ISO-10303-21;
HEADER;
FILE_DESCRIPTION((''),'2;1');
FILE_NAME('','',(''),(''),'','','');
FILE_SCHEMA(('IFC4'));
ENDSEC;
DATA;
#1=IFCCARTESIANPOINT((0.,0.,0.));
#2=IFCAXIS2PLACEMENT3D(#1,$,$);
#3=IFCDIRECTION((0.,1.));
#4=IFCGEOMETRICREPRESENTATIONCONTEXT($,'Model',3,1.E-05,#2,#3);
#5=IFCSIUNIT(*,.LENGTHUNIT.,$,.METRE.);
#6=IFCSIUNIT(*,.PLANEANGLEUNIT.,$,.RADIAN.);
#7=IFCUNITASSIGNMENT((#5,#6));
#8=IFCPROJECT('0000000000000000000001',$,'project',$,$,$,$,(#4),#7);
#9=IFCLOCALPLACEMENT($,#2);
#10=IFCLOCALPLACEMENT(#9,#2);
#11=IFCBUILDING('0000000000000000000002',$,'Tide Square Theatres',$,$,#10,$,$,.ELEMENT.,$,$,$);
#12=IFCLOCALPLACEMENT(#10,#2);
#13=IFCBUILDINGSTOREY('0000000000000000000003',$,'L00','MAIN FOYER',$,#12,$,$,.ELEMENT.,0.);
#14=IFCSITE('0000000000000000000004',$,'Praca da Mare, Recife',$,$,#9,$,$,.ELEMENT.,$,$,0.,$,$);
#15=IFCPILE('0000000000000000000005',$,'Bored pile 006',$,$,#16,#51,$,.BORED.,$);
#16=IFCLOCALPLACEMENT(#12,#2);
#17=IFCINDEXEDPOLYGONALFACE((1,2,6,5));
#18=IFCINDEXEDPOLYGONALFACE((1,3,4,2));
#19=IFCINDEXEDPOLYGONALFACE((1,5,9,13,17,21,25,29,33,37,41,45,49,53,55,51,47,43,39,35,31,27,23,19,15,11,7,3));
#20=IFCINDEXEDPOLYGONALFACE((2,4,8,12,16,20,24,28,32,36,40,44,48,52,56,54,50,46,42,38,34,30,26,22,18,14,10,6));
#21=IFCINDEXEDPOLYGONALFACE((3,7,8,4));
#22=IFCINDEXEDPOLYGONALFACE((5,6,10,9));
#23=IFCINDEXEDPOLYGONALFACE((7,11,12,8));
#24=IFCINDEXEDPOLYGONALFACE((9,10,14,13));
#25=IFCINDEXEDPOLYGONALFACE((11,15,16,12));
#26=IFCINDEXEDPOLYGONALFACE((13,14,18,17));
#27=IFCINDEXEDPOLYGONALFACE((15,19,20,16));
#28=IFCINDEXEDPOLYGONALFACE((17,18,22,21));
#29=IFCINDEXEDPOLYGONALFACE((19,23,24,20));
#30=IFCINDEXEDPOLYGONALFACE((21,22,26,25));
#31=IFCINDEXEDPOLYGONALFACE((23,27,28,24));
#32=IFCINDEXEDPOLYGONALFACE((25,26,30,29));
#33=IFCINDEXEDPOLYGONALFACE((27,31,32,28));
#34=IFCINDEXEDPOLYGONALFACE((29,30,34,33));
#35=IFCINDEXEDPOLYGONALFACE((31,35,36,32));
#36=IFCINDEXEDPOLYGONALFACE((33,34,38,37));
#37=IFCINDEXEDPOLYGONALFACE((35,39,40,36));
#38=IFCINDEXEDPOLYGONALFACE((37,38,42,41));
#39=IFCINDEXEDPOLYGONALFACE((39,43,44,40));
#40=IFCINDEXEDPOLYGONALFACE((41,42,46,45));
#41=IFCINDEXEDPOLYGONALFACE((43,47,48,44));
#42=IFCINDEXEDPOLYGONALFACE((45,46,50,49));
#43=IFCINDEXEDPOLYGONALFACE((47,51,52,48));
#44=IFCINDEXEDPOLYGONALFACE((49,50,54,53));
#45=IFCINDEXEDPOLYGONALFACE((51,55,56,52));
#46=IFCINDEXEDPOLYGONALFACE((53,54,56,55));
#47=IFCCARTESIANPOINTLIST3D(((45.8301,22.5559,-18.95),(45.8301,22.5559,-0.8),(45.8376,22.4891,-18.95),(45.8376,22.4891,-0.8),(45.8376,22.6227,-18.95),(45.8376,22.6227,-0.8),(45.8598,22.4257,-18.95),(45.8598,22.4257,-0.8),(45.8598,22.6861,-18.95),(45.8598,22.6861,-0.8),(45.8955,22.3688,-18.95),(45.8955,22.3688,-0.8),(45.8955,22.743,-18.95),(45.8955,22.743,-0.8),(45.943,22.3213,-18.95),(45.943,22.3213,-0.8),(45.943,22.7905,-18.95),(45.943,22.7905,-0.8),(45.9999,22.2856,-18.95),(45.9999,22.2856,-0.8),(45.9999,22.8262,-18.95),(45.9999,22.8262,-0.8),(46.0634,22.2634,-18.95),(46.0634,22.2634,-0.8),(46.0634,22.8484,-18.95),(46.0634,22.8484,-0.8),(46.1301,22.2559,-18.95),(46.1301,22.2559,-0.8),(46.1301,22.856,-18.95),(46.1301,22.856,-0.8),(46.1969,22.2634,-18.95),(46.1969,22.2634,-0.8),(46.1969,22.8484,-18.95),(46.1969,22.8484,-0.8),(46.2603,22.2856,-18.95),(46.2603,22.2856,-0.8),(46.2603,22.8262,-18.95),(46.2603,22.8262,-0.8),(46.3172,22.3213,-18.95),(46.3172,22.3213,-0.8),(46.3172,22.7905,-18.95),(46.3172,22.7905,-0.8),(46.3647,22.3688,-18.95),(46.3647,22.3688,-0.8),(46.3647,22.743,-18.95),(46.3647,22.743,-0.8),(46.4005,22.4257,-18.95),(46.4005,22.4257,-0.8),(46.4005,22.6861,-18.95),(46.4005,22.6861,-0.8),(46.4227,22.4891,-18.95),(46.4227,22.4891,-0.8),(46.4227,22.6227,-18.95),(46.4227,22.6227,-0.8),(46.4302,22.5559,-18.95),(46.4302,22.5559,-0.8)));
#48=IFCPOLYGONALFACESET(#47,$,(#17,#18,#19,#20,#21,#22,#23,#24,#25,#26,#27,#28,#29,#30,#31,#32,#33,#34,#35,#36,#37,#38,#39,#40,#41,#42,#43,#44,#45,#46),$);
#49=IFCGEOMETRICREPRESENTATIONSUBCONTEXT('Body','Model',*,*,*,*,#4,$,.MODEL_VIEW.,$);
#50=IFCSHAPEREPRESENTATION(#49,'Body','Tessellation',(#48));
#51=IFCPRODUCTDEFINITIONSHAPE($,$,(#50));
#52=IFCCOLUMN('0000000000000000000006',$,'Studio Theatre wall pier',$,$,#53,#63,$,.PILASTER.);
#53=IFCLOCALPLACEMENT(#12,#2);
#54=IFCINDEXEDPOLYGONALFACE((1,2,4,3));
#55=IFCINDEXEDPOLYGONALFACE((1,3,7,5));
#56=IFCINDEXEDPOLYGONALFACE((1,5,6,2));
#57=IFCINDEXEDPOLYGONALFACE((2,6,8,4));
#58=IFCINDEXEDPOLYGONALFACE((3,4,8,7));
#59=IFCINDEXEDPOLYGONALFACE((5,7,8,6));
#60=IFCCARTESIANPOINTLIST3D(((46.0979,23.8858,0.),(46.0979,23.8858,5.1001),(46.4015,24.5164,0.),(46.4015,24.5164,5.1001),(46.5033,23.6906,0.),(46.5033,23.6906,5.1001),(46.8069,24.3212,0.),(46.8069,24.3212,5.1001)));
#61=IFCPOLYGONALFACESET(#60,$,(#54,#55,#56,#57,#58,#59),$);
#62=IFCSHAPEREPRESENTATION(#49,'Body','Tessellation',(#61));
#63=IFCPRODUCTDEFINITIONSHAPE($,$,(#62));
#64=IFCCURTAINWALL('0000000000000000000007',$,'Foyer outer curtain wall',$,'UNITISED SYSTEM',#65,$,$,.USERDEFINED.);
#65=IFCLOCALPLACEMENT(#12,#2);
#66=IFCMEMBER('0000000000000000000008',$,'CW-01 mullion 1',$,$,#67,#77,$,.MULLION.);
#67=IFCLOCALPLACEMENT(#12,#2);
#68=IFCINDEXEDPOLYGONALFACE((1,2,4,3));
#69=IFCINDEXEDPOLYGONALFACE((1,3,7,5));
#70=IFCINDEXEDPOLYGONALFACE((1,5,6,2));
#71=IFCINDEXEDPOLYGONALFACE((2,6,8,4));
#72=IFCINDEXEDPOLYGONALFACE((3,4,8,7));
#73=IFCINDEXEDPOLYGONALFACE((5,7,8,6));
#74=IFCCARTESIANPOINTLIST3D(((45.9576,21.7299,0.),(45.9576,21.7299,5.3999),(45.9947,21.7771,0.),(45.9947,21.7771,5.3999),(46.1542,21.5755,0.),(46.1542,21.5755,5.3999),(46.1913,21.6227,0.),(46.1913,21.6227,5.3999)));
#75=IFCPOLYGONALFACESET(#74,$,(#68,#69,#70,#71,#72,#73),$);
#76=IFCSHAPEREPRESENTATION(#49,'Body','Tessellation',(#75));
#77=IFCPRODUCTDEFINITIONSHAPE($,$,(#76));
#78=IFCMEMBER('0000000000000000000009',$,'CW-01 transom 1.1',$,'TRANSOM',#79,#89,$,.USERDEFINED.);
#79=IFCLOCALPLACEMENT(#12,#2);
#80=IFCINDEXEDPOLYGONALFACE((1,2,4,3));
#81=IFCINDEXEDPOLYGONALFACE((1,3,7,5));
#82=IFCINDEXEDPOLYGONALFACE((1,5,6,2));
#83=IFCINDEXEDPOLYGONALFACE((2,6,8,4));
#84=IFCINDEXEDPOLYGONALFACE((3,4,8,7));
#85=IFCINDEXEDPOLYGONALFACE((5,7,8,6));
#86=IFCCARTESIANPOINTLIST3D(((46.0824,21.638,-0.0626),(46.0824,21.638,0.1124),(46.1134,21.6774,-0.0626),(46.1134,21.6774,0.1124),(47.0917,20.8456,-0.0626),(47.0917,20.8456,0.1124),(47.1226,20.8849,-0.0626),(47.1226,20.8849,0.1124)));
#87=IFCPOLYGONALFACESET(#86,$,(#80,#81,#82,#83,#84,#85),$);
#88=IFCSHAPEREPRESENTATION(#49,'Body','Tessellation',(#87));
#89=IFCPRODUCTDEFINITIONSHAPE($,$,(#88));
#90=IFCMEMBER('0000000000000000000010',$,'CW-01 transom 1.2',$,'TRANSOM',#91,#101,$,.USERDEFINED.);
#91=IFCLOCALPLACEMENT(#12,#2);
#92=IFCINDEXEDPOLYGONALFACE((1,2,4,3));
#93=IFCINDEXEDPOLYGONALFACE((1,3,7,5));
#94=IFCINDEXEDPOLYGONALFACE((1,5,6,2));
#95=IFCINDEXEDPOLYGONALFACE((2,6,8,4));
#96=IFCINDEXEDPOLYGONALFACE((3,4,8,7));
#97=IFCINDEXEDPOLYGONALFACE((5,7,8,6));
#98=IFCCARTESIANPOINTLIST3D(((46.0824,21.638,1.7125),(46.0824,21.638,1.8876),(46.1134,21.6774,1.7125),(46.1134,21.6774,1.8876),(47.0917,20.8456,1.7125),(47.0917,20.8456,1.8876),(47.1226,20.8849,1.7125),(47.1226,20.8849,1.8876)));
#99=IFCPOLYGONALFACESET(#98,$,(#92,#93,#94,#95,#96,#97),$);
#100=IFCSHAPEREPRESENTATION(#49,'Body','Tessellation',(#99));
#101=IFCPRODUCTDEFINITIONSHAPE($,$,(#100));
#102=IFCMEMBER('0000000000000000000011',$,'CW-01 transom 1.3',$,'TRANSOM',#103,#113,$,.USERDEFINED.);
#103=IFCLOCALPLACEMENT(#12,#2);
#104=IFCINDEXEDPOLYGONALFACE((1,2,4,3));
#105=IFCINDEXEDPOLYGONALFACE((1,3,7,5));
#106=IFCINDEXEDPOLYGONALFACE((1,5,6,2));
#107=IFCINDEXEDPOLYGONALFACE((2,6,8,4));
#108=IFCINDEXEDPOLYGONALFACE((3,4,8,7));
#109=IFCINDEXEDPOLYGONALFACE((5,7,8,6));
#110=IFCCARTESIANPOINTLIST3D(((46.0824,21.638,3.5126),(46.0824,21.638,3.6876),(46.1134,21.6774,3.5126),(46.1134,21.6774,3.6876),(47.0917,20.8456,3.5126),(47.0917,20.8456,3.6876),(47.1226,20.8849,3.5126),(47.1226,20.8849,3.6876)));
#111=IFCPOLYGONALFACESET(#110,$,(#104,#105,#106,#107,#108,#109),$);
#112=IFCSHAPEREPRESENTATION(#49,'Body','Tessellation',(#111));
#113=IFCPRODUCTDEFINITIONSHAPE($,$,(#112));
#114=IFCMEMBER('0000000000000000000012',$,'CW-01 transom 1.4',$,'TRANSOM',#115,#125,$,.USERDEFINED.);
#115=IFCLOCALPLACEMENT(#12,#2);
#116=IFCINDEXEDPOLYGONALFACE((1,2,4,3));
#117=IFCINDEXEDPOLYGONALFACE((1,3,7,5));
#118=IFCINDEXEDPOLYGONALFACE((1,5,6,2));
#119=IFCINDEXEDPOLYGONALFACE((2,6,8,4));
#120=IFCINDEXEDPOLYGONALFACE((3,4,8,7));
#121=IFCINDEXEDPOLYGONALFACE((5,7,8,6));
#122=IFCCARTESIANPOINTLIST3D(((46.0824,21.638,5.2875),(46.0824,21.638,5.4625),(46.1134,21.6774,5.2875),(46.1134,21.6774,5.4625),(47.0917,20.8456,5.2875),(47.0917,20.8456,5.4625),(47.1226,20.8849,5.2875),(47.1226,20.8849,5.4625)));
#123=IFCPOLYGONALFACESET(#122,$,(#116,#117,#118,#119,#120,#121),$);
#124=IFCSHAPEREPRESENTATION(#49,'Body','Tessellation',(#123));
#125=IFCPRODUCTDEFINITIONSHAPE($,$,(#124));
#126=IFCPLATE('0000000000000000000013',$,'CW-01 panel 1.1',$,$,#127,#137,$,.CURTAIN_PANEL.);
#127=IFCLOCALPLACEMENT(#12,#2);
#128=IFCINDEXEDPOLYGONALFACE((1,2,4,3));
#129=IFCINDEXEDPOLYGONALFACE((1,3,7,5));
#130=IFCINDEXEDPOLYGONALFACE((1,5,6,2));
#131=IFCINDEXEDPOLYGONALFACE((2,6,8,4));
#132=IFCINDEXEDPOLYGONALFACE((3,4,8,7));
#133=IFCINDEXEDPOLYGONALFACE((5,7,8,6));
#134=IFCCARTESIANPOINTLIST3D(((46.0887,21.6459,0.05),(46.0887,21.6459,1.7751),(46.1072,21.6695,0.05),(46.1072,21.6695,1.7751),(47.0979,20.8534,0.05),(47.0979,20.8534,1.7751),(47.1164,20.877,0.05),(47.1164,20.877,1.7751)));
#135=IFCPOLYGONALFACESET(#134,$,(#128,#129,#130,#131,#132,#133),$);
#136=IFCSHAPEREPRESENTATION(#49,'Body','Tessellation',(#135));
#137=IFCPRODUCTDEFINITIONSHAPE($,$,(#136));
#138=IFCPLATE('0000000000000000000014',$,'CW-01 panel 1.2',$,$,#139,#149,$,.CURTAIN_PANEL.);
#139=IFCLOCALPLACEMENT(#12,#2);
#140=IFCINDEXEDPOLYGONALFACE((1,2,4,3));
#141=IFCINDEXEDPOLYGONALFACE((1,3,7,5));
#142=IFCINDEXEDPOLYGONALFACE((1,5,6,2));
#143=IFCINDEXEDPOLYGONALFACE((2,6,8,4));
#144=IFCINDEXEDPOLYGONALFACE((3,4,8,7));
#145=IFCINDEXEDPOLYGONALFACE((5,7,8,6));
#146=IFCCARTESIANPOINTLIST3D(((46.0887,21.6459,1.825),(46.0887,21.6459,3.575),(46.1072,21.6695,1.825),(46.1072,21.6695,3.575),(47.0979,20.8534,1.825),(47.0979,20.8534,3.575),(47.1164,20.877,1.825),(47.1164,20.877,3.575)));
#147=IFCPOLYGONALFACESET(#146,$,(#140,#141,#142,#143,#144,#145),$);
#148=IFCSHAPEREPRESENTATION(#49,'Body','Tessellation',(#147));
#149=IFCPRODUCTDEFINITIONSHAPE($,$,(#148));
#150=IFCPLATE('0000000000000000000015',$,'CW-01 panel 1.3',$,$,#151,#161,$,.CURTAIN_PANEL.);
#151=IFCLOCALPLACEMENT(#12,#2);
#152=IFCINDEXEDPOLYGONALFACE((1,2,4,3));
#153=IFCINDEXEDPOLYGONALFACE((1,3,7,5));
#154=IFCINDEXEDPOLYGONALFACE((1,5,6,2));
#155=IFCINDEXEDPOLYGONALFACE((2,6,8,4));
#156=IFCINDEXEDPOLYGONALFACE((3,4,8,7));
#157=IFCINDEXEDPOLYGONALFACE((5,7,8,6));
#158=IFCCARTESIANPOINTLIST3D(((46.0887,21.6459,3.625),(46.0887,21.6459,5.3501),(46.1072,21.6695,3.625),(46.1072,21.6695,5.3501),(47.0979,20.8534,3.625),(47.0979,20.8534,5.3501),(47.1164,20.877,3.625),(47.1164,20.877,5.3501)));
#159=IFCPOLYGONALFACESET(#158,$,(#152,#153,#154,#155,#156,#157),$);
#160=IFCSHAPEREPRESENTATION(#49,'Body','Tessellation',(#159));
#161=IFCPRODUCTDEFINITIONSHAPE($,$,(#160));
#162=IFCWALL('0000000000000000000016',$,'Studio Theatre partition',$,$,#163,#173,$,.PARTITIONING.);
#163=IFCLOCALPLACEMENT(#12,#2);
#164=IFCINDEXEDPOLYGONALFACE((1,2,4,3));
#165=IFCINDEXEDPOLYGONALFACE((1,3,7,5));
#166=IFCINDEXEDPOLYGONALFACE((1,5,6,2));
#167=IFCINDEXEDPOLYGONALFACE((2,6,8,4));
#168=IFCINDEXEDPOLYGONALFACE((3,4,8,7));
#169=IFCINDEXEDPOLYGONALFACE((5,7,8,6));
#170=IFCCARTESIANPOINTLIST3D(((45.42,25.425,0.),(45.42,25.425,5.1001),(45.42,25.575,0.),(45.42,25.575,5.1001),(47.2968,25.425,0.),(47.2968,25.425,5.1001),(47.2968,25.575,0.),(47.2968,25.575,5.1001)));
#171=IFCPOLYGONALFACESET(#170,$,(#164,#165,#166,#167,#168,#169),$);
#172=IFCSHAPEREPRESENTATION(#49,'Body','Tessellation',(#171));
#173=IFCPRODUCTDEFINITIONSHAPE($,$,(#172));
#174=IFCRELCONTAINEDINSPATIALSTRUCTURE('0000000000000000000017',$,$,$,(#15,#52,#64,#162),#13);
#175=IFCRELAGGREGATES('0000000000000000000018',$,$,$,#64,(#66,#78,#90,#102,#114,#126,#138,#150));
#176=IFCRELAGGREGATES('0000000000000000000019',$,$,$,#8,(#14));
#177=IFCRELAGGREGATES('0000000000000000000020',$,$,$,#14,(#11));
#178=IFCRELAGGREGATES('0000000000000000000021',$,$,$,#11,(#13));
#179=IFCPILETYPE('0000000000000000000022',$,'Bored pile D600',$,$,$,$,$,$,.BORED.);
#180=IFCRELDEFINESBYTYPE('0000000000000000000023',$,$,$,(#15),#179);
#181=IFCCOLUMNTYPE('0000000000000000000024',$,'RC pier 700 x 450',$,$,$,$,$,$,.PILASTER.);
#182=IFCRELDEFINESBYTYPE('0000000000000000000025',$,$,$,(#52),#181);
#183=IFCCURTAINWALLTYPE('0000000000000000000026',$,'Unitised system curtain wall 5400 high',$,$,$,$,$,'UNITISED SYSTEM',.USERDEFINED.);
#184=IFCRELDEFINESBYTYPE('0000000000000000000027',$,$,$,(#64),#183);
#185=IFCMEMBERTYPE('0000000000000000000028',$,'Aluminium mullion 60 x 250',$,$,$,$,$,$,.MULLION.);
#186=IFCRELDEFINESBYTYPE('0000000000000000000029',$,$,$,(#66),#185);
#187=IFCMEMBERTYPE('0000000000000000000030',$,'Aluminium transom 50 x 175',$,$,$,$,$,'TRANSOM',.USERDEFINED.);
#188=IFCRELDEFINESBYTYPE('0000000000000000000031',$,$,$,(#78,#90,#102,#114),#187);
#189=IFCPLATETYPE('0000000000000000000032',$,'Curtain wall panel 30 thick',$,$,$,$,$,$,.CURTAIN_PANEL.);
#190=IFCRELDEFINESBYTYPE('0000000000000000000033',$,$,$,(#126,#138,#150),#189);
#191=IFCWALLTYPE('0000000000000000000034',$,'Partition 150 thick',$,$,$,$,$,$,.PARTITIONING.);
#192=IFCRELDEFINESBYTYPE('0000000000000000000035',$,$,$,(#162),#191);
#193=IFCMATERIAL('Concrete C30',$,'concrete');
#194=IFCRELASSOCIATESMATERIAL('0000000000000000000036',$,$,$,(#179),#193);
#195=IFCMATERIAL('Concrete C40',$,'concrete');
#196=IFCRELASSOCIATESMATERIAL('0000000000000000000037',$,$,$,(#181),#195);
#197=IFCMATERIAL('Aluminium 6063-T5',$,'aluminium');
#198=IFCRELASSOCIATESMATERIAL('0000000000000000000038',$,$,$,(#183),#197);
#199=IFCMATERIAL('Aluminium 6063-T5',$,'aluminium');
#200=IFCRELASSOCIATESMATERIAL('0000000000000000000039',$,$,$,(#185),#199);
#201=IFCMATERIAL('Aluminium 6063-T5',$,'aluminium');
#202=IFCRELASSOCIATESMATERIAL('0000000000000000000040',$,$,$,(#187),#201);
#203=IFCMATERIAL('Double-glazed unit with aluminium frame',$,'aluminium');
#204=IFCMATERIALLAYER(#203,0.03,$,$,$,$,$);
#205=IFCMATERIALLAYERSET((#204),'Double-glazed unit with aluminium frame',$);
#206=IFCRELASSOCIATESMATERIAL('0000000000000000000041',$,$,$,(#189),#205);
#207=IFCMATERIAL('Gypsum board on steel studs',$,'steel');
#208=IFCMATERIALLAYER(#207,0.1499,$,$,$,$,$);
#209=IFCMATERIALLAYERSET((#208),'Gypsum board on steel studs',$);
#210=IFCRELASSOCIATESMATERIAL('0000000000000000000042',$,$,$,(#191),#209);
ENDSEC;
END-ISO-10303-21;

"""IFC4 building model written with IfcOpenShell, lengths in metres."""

from ifc_helpers import new_model, si_unit, direction, frame, frame_2d, origin, origin_2d, place, context, subcontext, project, spatial, rectangle, circle, extrude, material, layer, layer_set, material_profile, profile_set, type_object, element, aggregate, save


model = new_model("IFC4")

# Units and contexts
model_context = context("Model", 3, precision=1e-05, world=origin(), true_north=direction((0.0, 1.0)))
body_context = subcontext(model_context, "Body", "Model", "MODEL_VIEW")
ifc_project = project(units=[si_unit("LENGTHUNIT", "METRE"), si_unit("PLANEANGLEUNIT", "RADIAN")], contexts=[model_context])

# Site, building, storey
site_placement = place(None, origin())
site = spatial("IfcSite", under=ifc_project, at=site_placement, Name="Praca da Mare, Recife", CompositionType="ELEMENT", RefElevation=0.0)
building_placement = place(site_placement, origin())
building = spatial("IfcBuilding", under=site, at=building_placement, Name="Tide Square Theatres", CompositionType="ELEMENT")
storey_placement = place(building_placement, origin())
storey = spatial("IfcBuildingStorey", under=building, at=storey_placement, Name="L00", Description="MAIN FOYER", CompositionType="ELEMENT", Elevation=0.0)

# Pile
ifc_material_1 = material(Name="Concrete C30", Category="concrete")
ifc_material_profile_1 = material_profile(ifc_material_1, circle(Radius=0.3, at=origin_2d()))
ifc_profile_set_1 = profile_set([ifc_material_profile_1], Name="Concrete C30")
pile_type = type_object("IfcPileType", Name="Bored pile D600", PredefinedType="BORED", material=ifc_profile_set_1)
pile_placement = place(storey_placement, frame((46.1301, 22.5559, -0.8), z_axis=(0.0, 0.0, -1.0), x_axis=(1.0, 0.0, 0.0)))
element("IfcPile", 1, at=pile_placement, inside=storey, type_object=pile_type, Name="Bored pile 006", PredefinedType="BORED", context=body_context, shape_type="SweptSolid", body=[
    extrude(circle(Radius=0.3, at=origin_2d()), origin(), (0.0, 0.0, 1.0), 18.1499),
])

# Column
ifc_material_2 = material(Name="Concrete C40", Category="concrete")
ifc_material_profile_2 = material_profile(ifc_material_2, rectangle(XDim=0.7, YDim=0.45, at=origin_2d()))
ifc_profile_set_2 = profile_set([ifc_material_profile_2], Name="Concrete C40")
column_type = type_object("IfcColumnType", Name="RC pier 700 x 450", PredefinedType="PILASTER", material=ifc_profile_set_2)
column_placement = place(storey_placement, frame((46.4524, 24.1035, 0.0), z_axis=(0.0, 0.0, 1.0), x_axis=(0.433814, 0.901003, 0.0)))
element("IfcColumn", 2, at=column_placement, inside=storey, type_object=column_type, Name="Studio Theatre wall pier", PredefinedType="PILASTER", context=body_context, shape_type="SweptSolid", body=[
    extrude(rectangle(XDim=0.7, YDim=0.45, at=origin_2d()), origin(), (0.0, 0.0, 1.0), 5.1001),
])

# Curtain wall, members, plates
ifc_material_3 = material(Name="Aluminium 6063-T5", Category="aluminium")
curtain_wall_type = type_object("IfcCurtainWallType", Name="Unitised system curtain wall 5400 high", ElementType="UNITISED SYSTEM", PredefinedType="USERDEFINED", material=ifc_material_3)
curtain_wall_placement = place(storey_placement, origin())
curtain_wall = element("IfcCurtainWall", 3, at=curtain_wall_placement, inside=storey, type_object=curtain_wall_type, Name="Foyer outer curtain wall", ObjectType="UNITISED SYSTEM", PredefinedType="USERDEFINED")
ifc_material_4 = material(Name="Aluminium 6063-T5", Category="aluminium")
ifc_material_profile_3 = material_profile(ifc_material_4, rectangle(XDim=0.0601, YDim=0.25, at=origin_2d()))
ifc_profile_set_3 = profile_set([ifc_material_profile_3], Name="Aluminium 6063-T5")
member_type_1 = type_object("IfcMemberType", Name="Aluminium mullion 60 x 250", PredefinedType="MULLION", material=ifc_profile_set_3)
member_1_placement = place(storey_placement, frame((46.0745, 21.6763, 0.0), z_axis=(0.0, 0.0, 1.0), x_axis=(0.617609, 0.786485, 0.0)))
member_1 = element("IfcMember", 4, at=member_1_placement, type_object=member_type_1, Name="CW-01 mullion 1", PredefinedType="MULLION", context=body_context, shape_type="SweptSolid", body=[
    extrude(rectangle(XDim=0.0601, YDim=0.25, at=origin_2d()), origin(), (0.0, 0.0, 1.0), 5.3999),
])
ifc_material_5 = material(Name="Aluminium 6063-T5", Category="aluminium")
ifc_material_profile_4 = material_profile(ifc_material_5, rectangle(XDim=0.05, YDim=0.175, at=origin_2d()))
ifc_profile_set_4 = profile_set([ifc_material_profile_4], Name="Aluminium 6063-T5")
member_type_2 = type_object("IfcMemberType", Name="Aluminium transom 50 x 175", ElementType="TRANSOM", PredefinedType="USERDEFINED", material=ifc_profile_set_4)
member_2_placement = place(storey_placement, frame((46.0979, 21.6577, 0.0249), z_axis=(0.786516, -0.617569, 0.0), x_axis=(0.617569, 0.786516, 0.0)))
member_2 = element("IfcMember", 5, at=member_2_placement, type_object=member_type_2, Name="CW-01 transom 1.1", ObjectType="TRANSOM", PredefinedType="USERDEFINED", context=body_context, shape_type="SweptSolid", body=[
    extrude(rectangle(XDim=0.05, YDim=0.175, at=origin_2d()), origin(), (0.0, 0.0, 1.0), 1.2832),
])
member_3_placement = place(storey_placement, frame((46.0979, 21.6577, 1.8), z_axis=(0.786516, -0.617569, 0.0), x_axis=(0.617569, 0.786516, 0.0)))
member_3 = element("IfcMember", 6, at=member_3_placement, type_object=member_type_2, Name="CW-01 transom 1.2", ObjectType="TRANSOM", PredefinedType="USERDEFINED", context=body_context, shape_type="SweptSolid", body=[
    extrude(rectangle(XDim=0.05, YDim=0.175, at=origin_2d()), origin(), (0.0, 0.0, 1.0), 1.2832),
])
member_4_placement = place(storey_placement, frame((46.0979, 21.6577, 3.6001), z_axis=(0.786516, -0.617569, 0.0), x_axis=(0.617569, 0.786516, 0.0)))
member_4 = element("IfcMember", 7, at=member_4_placement, type_object=member_type_2, Name="CW-01 transom 1.3", ObjectType="TRANSOM", PredefinedType="USERDEFINED", context=body_context, shape_type="SweptSolid", body=[
    extrude(rectangle(XDim=0.05, YDim=0.175, at=origin_2d()), origin(), (0.0, 0.0, 1.0), 1.2832),
])
member_5_placement = place(storey_placement, frame((46.0979, 21.6577, 5.375), z_axis=(0.786516, -0.617569, 0.0), x_axis=(0.617569, 0.786516, 0.0)))
member_5 = element("IfcMember", 8, at=member_5_placement, type_object=member_type_2, Name="CW-01 transom 1.4", ObjectType="TRANSOM", PredefinedType="USERDEFINED", context=body_context, shape_type="SweptSolid", body=[
    extrude(rectangle(XDim=0.05, YDim=0.175, at=origin_2d()), origin(), (0.0, 0.0, 1.0), 1.2832),
])
ifc_material_6 = material(Name="Double-glazed unit with aluminium frame", Category="aluminium")
ifc_layer_1 = layer(ifc_material_6, 0.03)
ifc_layer_set_1 = layer_set([ifc_layer_1], Name="Double-glazed unit with aluminium frame")
plate_type = type_object("IfcPlateType", Name="Curtain wall panel 30 thick", PredefinedType="CURTAIN_PANEL", material=ifc_layer_set_1)
plate_1_placement = place(storey_placement, frame((46.6025, 21.2615, 0.05), z_axis=(0.0, 0.0, 1.0), x_axis=(0.786485, -0.617609, 0.0)))
plate_1 = element("IfcPlate", 9, at=plate_1_placement, type_object=plate_type, Name="CW-01 panel 1.1", PredefinedType="CURTAIN_PANEL", context=body_context, shape_type="SweptSolid", body=[
    extrude(rectangle(XDim=1.2832, YDim=0.03, at=origin_2d()), origin(), (0.0, 0.0, 1.0), 1.7251),
])
plate_2_placement = place(storey_placement, frame((46.6025, 21.2615, 1.825), z_axis=(0.0, 0.0, 1.0), x_axis=(0.786485, -0.617609, 0.0)))
plate_2 = element("IfcPlate", 10, at=plate_2_placement, type_object=plate_type, Name="CW-01 panel 1.2", PredefinedType="CURTAIN_PANEL", context=body_context, shape_type="SweptSolid", body=[
    extrude(rectangle(XDim=1.2832, YDim=0.03, at=origin_2d()), origin(), (0.0, 0.0, 1.0), 1.75),
])
plate_3_placement = place(storey_placement, frame((46.6025, 21.2615, 3.625), z_axis=(0.0, 0.0, 1.0), x_axis=(0.786485, -0.617609, 0.0)))
plate_3 = element("IfcPlate", 11, at=plate_3_placement, type_object=plate_type, Name="CW-01 panel 1.3", PredefinedType="CURTAIN_PANEL", context=body_context, shape_type="SweptSolid", body=[
    extrude(rectangle(XDim=1.2832, YDim=0.03, at=origin_2d()), origin(), (0.0, 0.0, 1.0), 1.7251),
])
aggregate(curtain_wall, [member_1, member_2, member_3, member_4, member_5, plate_1, plate_2, plate_3])

# Wall
ifc_material_7 = material(Name="Gypsum board on steel studs", Category="steel")
ifc_layer_2 = layer(ifc_material_7, 0.1499)
ifc_layer_set_2 = layer_set([ifc_layer_2], Name="Gypsum board on steel studs")
wall_type_1 = type_object("IfcWallType", Name="Partition 150 thick", PredefinedType="PARTITIONING", material=ifc_layer_set_2)
wall_1_placement = place(storey_placement, frame((45.4199, 25.5, 0.0), z_axis=(0.0, 0.0, 1.0), x_axis=(1.0, 0.0, 0.0)))
element("IfcWall", 12, at=wall_1_placement, inside=storey, type_object=wall_type_1, Name="Studio Theatre partition", PredefinedType="PARTITIONING", context=body_context, shape_type="SweptSolid", body=[
    extrude(rectangle(XDim=1.8767, YDim=0.1499, at=frame_2d((0.9385, 0.0))), origin(), (0.0, 0.0, 1.0), 5.1001),
])

save(model, "model.ifc")
